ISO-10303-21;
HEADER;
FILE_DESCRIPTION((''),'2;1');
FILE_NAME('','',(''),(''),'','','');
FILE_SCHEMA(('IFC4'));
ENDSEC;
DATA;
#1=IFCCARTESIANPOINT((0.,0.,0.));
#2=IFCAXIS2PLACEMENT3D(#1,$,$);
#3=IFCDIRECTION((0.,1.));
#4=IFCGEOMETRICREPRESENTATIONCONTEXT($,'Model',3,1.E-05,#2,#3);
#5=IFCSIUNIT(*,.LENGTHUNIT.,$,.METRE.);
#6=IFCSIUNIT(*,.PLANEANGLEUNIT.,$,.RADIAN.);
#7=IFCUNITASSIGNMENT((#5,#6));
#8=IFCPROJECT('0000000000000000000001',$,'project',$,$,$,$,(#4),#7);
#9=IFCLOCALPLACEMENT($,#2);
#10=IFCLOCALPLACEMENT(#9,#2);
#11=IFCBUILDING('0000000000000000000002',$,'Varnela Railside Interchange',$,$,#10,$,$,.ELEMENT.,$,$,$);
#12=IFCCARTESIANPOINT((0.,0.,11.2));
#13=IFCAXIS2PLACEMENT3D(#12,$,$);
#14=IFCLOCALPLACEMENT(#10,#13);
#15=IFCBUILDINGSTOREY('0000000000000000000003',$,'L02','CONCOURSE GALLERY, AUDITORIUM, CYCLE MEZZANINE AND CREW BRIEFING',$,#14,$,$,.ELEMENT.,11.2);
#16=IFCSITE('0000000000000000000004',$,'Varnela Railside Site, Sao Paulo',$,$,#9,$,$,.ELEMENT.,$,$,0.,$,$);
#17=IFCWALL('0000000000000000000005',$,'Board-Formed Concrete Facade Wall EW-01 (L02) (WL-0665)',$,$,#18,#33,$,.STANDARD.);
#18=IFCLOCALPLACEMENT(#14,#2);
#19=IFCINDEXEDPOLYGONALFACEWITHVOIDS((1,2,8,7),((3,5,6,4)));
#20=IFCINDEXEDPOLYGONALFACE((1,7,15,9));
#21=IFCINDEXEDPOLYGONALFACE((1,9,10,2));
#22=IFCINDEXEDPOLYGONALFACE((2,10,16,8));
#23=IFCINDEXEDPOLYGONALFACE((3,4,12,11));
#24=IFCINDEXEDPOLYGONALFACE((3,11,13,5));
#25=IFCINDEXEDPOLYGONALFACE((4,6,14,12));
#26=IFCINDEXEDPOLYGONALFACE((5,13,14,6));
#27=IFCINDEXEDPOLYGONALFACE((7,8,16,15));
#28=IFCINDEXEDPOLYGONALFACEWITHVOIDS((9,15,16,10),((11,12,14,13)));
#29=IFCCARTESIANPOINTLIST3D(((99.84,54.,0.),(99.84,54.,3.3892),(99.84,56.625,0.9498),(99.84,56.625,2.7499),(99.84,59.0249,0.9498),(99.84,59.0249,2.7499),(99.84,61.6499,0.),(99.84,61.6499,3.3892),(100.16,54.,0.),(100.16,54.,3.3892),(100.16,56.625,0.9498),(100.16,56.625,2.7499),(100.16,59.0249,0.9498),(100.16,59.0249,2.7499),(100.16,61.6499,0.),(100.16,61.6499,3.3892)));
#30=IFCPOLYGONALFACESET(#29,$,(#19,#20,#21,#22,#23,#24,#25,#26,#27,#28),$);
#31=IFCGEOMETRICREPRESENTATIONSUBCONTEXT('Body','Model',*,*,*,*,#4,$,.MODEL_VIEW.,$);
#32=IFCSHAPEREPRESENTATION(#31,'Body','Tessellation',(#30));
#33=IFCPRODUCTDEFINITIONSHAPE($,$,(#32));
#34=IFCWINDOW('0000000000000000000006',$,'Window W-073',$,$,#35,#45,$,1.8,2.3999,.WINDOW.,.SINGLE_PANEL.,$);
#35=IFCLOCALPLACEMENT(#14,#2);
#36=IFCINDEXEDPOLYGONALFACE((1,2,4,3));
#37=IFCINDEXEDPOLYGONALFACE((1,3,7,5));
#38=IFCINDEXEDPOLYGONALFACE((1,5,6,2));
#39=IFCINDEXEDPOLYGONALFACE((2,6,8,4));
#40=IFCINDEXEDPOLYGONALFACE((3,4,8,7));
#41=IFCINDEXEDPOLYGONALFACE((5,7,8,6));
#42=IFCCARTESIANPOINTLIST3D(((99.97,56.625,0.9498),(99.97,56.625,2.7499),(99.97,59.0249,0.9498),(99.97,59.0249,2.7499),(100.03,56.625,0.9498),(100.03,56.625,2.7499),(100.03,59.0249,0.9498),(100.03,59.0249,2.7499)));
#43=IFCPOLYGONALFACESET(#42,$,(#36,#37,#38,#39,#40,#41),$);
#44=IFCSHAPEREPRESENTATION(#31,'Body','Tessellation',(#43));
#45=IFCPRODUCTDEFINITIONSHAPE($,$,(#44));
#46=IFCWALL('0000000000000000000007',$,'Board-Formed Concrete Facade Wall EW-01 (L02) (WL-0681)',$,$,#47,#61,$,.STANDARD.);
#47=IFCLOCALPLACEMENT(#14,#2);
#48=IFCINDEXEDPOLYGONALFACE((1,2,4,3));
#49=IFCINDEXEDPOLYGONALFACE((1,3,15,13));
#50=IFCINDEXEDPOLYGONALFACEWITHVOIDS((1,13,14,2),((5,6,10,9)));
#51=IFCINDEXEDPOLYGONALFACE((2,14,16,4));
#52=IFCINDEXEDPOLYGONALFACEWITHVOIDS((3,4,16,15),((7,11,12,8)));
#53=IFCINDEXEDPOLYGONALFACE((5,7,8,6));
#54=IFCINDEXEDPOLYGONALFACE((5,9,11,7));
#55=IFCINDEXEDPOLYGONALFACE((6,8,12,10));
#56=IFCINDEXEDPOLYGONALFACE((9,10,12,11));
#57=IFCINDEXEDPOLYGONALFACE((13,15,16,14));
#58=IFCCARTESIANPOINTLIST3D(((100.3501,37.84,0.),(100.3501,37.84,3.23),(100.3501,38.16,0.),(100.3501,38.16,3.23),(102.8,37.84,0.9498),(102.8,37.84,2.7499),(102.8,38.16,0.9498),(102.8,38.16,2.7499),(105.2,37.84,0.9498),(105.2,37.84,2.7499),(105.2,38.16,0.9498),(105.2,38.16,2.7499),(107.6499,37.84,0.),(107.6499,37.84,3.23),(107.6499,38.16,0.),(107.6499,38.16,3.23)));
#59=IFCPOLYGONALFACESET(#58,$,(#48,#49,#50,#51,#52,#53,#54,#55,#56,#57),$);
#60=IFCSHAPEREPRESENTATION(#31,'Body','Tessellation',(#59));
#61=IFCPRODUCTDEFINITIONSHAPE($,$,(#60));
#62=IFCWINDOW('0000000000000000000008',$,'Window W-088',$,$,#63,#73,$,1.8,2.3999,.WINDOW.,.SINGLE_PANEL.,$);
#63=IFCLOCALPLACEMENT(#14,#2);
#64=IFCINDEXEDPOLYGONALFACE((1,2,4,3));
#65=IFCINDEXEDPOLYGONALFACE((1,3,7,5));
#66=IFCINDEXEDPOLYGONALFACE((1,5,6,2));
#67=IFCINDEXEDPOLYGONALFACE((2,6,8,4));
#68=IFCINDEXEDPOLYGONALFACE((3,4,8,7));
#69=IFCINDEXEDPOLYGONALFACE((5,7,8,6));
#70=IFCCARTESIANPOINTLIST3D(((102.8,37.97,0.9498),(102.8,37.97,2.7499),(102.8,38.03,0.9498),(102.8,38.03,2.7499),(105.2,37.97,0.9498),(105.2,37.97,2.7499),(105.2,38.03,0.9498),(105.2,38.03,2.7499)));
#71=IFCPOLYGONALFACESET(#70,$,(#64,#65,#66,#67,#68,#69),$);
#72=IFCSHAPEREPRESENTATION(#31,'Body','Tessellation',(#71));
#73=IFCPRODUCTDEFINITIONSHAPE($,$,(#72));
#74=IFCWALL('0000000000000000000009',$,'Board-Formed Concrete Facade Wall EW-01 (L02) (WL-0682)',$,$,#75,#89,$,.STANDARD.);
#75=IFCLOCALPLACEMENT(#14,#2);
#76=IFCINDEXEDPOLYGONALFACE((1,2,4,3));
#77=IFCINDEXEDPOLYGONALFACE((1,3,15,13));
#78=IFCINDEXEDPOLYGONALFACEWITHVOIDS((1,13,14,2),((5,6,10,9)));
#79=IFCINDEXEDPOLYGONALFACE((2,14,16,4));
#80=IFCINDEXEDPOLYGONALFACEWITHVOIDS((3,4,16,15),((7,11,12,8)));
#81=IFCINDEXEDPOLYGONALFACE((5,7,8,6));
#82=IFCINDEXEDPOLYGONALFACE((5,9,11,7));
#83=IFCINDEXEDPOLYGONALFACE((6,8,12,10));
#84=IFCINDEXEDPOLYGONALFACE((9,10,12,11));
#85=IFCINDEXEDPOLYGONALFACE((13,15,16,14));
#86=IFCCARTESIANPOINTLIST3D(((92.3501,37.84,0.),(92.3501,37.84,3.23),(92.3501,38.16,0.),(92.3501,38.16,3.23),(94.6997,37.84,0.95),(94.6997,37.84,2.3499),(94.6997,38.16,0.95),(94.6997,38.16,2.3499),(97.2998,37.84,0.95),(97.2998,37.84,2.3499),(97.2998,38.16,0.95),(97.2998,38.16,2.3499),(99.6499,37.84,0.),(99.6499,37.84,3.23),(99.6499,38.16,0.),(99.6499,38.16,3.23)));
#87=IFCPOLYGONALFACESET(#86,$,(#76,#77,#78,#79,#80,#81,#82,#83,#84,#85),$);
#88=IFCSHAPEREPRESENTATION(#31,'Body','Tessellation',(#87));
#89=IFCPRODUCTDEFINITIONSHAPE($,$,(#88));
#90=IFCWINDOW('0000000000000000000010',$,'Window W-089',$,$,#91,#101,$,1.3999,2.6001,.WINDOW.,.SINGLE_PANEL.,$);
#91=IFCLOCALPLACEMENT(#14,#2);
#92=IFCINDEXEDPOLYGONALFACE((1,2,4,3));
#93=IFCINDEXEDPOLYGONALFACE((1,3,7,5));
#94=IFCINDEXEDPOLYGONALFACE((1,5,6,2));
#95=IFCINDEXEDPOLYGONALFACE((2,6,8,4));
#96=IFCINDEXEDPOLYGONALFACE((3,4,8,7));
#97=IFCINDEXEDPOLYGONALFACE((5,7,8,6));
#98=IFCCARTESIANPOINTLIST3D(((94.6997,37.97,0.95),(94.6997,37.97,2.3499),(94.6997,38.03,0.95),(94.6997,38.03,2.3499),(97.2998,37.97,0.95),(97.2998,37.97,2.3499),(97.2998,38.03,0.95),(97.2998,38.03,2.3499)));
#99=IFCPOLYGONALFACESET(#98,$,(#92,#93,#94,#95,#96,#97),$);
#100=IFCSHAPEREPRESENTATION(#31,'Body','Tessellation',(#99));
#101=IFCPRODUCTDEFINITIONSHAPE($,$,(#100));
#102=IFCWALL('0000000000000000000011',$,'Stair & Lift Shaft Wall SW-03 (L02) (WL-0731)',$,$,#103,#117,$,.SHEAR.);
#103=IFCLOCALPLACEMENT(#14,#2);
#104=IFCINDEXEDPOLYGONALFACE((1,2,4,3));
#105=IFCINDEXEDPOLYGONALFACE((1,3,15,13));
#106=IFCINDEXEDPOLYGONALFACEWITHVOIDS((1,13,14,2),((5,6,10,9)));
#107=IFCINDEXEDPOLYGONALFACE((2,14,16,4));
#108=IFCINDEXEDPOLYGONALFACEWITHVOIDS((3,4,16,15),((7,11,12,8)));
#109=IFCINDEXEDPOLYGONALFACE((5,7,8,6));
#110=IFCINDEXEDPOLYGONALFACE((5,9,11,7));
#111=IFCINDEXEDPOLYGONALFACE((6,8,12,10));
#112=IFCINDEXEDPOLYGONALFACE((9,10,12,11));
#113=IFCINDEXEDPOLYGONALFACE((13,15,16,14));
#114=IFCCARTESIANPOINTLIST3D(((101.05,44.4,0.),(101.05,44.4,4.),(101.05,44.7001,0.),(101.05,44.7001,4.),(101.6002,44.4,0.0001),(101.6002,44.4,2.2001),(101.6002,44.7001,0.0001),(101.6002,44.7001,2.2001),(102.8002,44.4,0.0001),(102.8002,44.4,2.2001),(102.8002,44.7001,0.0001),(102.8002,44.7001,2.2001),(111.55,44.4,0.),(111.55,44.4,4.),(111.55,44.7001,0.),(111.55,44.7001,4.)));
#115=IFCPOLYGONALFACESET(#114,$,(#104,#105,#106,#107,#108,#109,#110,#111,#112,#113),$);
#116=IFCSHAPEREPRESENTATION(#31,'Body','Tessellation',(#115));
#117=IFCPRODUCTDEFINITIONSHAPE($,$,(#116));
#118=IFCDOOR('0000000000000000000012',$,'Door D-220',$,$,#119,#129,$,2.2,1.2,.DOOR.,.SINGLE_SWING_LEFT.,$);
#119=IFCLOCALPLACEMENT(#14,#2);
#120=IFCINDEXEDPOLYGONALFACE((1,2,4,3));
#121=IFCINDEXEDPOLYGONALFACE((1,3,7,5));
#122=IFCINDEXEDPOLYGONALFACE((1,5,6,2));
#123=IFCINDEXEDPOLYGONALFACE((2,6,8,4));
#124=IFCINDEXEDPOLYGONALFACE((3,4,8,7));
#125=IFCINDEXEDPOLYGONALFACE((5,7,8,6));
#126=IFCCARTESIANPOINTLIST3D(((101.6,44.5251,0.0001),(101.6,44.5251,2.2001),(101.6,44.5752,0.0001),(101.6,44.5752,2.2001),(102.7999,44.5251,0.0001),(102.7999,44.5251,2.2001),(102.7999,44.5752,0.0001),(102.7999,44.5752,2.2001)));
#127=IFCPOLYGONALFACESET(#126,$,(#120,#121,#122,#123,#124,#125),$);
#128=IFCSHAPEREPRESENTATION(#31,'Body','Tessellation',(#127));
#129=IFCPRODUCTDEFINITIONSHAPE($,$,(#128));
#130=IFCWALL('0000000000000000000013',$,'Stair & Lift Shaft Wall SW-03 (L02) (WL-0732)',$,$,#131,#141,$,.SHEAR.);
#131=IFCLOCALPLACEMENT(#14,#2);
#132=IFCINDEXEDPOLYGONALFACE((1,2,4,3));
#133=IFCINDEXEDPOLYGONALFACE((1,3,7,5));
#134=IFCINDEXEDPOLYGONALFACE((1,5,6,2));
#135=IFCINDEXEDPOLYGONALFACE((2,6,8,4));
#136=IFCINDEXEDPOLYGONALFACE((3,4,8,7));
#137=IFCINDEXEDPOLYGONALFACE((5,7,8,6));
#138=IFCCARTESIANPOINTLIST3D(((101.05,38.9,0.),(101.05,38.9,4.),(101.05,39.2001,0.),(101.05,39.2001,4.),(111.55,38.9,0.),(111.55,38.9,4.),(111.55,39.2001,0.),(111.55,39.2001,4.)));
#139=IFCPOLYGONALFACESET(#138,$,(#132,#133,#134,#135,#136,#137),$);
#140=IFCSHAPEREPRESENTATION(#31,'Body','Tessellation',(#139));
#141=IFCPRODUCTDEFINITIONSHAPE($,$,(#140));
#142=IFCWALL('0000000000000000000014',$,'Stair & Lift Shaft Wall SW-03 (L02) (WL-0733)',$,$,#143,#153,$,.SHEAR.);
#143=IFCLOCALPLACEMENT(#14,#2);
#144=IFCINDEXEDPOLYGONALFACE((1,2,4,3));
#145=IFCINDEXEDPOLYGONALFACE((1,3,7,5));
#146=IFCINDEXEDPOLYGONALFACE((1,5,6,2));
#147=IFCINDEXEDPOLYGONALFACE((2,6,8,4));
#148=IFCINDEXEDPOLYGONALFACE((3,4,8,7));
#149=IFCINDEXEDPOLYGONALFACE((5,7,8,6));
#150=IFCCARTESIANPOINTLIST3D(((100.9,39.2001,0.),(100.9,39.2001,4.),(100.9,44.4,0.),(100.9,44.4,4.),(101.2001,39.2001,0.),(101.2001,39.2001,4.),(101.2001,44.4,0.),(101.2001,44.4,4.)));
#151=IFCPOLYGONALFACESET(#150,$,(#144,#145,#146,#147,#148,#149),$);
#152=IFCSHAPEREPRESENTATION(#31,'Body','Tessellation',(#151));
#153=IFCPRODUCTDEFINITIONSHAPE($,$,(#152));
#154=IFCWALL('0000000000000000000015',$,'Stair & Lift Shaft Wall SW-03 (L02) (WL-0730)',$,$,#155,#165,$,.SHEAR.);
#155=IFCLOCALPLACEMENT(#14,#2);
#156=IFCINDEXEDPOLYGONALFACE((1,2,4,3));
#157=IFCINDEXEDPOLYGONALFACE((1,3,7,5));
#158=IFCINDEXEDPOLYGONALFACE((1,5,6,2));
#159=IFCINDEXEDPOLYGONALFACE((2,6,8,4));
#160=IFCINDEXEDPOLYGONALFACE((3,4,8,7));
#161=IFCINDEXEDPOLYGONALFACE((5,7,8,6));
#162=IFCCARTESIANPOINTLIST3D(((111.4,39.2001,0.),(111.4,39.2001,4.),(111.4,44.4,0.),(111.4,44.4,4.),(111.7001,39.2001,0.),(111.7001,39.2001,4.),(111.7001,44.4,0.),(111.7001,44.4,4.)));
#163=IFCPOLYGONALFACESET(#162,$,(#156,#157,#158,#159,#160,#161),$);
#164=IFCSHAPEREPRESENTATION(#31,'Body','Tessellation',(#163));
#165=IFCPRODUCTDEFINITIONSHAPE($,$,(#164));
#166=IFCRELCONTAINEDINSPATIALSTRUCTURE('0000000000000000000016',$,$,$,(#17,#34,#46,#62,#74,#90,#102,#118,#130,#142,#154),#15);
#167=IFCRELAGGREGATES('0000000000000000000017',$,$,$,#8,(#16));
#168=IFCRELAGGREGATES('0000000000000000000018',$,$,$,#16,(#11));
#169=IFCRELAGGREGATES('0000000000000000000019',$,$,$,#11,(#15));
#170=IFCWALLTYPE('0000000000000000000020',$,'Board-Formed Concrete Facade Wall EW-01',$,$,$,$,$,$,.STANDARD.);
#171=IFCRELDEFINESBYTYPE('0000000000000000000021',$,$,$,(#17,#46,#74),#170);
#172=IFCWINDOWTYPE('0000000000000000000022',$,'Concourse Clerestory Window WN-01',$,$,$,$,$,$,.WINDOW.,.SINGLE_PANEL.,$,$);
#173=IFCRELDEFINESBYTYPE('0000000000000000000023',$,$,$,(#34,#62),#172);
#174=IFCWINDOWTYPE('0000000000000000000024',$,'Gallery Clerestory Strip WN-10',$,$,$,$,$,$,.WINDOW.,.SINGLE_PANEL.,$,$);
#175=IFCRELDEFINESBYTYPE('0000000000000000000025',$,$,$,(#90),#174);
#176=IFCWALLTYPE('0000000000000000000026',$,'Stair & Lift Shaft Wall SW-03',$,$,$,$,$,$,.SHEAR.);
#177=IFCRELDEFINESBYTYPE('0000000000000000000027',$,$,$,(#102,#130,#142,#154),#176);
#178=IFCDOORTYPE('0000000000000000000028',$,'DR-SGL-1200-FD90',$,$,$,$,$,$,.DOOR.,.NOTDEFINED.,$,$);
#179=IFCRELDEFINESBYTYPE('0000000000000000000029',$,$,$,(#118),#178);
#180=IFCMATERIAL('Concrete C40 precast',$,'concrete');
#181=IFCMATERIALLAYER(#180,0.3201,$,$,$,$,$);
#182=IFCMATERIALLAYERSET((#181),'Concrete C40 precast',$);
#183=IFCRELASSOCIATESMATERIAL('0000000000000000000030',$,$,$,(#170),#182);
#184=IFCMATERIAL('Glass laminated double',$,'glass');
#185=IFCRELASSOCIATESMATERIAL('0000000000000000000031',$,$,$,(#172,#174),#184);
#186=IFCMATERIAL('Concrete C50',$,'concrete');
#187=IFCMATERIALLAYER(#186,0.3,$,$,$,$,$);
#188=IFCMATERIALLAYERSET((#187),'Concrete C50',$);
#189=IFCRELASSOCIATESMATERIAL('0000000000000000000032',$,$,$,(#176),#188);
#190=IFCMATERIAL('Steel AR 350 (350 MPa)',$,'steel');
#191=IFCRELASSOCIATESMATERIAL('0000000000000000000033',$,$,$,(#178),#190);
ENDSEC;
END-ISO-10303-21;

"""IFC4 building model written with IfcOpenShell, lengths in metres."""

from ifc_helpers import new_model, si_unit, direction, frame, frame_2d, origin, place, context, subcontext, project, spatial, rectangle, extrude, material, layer, layer_set, type_object, element, fill, save


model = new_model("IFC4")

# Units and contexts
model_context = context("Model", 3, precision=1e-05, world=origin(), true_north=direction((0.0, 1.0)))
body_context = subcontext(model_context, "Body", "Model", "MODEL_VIEW")
ifc_project = project(units=[si_unit("LENGTHUNIT", "METRE"), si_unit("PLANEANGLEUNIT", "RADIAN")], contexts=[model_context])

# Site, building, storey
site_placement = place(None, origin())
site = spatial("IfcSite", under=ifc_project, at=site_placement, Name="Varnela Railside Site, Sao Paulo", CompositionType="ELEMENT", RefElevation=0.0)
building_placement = place(site_placement, origin())
building = spatial("IfcBuilding", under=site, at=building_placement, Name="Varnela Railside Interchange", CompositionType="ELEMENT")
storey_placement = place(building_placement, frame((0.0, 0.0, 11.2)))
storey = spatial("IfcBuildingStorey", under=building, at=storey_placement, Name="L02", Description="CONCOURSE GALLERY, AUDITORIUM, CYCLE MEZZANINE AND CREW BRIEFING", CompositionType="ELEMENT", Elevation=11.2)

# Shared definitions
ifc_material_1 = material(Name="Concrete C50", Category="concrete")

# Shared definitions
ifc_material_2 = material(Name="Steel AR 350 (350 MPa)", Category="steel")

# Walls, openings, windows
ifc_material_3 = material(Name="Concrete C40 precast", Category="concrete")
ifc_layer_1 = layer(ifc_material_3, 0.3201)
ifc_layer_set_1 = layer_set([ifc_layer_1], Name="Concrete C40 precast")
wall_type_1 = type_object("IfcWallType", Name="Board-Formed Concrete Facade Wall EW-01", PredefinedType="STANDARD", material=ifc_layer_set_1)
ifc_material_4 = material(Name="Glass laminated double", Category="glass")
wall_1_placement = place(storey_placement, frame((100.0, 54.0, 0.0), z_axis=(0.0, 0.0, 1.0), x_axis=(0.0, 1.0, 0.0)))
wall_1 = element("IfcWall", 1, at=wall_1_placement, inside=storey, type_object=wall_type_1, Name="Board-Formed Concrete Facade Wall EW-01 (L02) (WL-0665)", PredefinedType="STANDARD", context=body_context, shape_type="SweptSolid", body=[
    extrude(rectangle(XDim=7.6499, YDim=0.3201, at=frame_2d((3.825, 0.0))), origin(), (0.0, 0.0, 1.0), 3.3892),
])
opening_1_placement = place(wall_1_placement, frame((2.625, 0.0, 0.95)))
opening_1 = element("IfcOpeningElement", 2, at=opening_1_placement, cuts=wall_1, PredefinedType="OPENING", context=body_context, shape_type="SweptSolid", body=[
    extrude(rectangle(XDim=2.3999, YDim=1.8, at=frame_2d((1.2, 0.8999))), frame((0.0, 0.1699, 0.0), z_axis=(0.0, -1.0, 0.0), x_axis=(1.0, 0.0, 0.0)), (0.0, 0.0, 1.0), 0.3401),
])
window_type_1 = type_object("IfcWindowType", Name="Concourse Clerestory Window WN-01", PartitioningType="SINGLE_PANEL", PredefinedType="WINDOW", material=ifc_material_4)
window_1_placement = place(opening_1_placement, origin())
window_1 = element("IfcWindow", 3, at=window_1_placement, inside=storey, type_object=window_type_1, Name="Window W-073", OverallHeight=1.8, OverallWidth=2.3999, PartitioningType="SINGLE_PANEL", PredefinedType="WINDOW", context=body_context, shape_type="SweptSolid", body=[
    extrude(rectangle(XDim=2.3999, YDim=1.8, at=frame_2d((1.2, 0.8999))), frame((0.0, 0.03, 0.0), z_axis=(0.0, -1.0, 0.0), x_axis=(1.0, 0.0, 0.0)), (0.0, 0.0, 1.0), 0.0601),
])
fill(opening_1, window_1)
wall_2_placement = place(storey_placement, frame((107.6499, 38.0, 0.0), z_axis=(0.0, 0.0, 1.0), x_axis=(-1.0, 0.0, 0.0)))
wall_2 = element("IfcWall", 4, at=wall_2_placement, inside=storey, type_object=wall_type_1, Name="Board-Formed Concrete Facade Wall EW-01 (L02) (WL-0681)", PredefinedType="STANDARD", context=body_context, shape_type="SweptSolid", body=[
    extrude(rectangle(XDim=7.2998, YDim=0.3201, at=frame_2d((3.6499, 0.0))), origin(), (0.0, 0.0, 1.0), 3.23),
])
opening_2_placement = place(wall_2_placement, frame((2.45, 0.0, 0.95)))
opening_2 = element("IfcOpeningElement", 5, at=opening_2_placement, cuts=wall_2, PredefinedType="OPENING", context=body_context, shape_type="SweptSolid", body=[
    extrude(rectangle(XDim=2.3999, YDim=1.8, at=frame_2d((1.2, 0.8999))), frame((0.0, 0.1699, 0.0), z_axis=(0.0, -1.0, 0.0), x_axis=(1.0, 0.0, 0.0)), (0.0, 0.0, 1.0), 0.3401),
])
window_2_placement = place(opening_2_placement, origin())
window_2 = element("IfcWindow", 6, at=window_2_placement, inside=storey, type_object=window_type_1, Name="Window W-088", OverallHeight=1.8, OverallWidth=2.3999, PartitioningType="SINGLE_PANEL", PredefinedType="WINDOW", context=body_context, shape_type="SweptSolid", body=[
    extrude(rectangle(XDim=2.3999, YDim=1.8, at=frame_2d((1.2, 0.8999))), frame((0.0, 0.03, 0.0), z_axis=(0.0, -1.0, 0.0), x_axis=(1.0, 0.0, 0.0)), (0.0, 0.0, 1.0), 0.0601),
])
fill(opening_2, window_2)
wall_3_placement = place(storey_placement, frame((99.6499, 38.0, 0.0), z_axis=(0.0, 0.0, 1.0), x_axis=(-1.0, 0.0, 0.0)))
wall_3 = element("IfcWall", 7, at=wall_3_placement, inside=storey, type_object=wall_type_1, Name="Board-Formed Concrete Facade Wall EW-01 (L02) (WL-0682)", PredefinedType="STANDARD", context=body_context, shape_type="SweptSolid", body=[
    extrude(rectangle(XDim=7.2998, YDim=0.3201, at=frame_2d((3.6499, 0.0))), origin(), (0.0, 0.0, 1.0), 3.23),
])
opening_3_placement = place(wall_3_placement, frame((2.3501, 0.0, 0.95)))
opening_3 = element("IfcOpeningElement", 8, at=opening_3_placement, cuts=wall_3, PredefinedType="OPENING", context=body_context, shape_type="SweptSolid", body=[
    extrude(rectangle(XDim=2.6001, YDim=1.3999, at=frame_2d((1.3, 0.7))), frame((0.0, 0.1699, 0.0), z_axis=(0.0, -1.0, 0.0), x_axis=(1.0, 0.0, 0.0)), (0.0, 0.0, 1.0), 0.3401),
])
window_type_2 = type_object("IfcWindowType", Name="Gallery Clerestory Strip WN-10", PartitioningType="SINGLE_PANEL", PredefinedType="WINDOW", material=ifc_material_4)
window_3_placement = place(opening_3_placement, origin())
window_3 = element("IfcWindow", 9, at=window_3_placement, inside=storey, type_object=window_type_2, Name="Window W-089", OverallHeight=1.3999, OverallWidth=2.6001, PartitioningType="SINGLE_PANEL", PredefinedType="WINDOW", context=body_context, shape_type="SweptSolid", body=[
    extrude(rectangle(XDim=2.6001, YDim=1.3999, at=frame_2d((1.3, 0.7))), frame((0.0, 0.03, 0.0), z_axis=(0.0, -1.0, 0.0), x_axis=(1.0, 0.0, 0.0)), (0.0, 0.0, 1.0), 0.0601),
])
fill(opening_3, window_3)

# Wall, opening, door
ifc_layer_2 = layer(ifc_material_1, 0.3)
ifc_layer_set_2 = layer_set([ifc_layer_2], Name="Concrete C50")
wall_type_2 = type_object("IfcWallType", Name="Stair & Lift Shaft Wall SW-03", PredefinedType="SHEAR", material=ifc_layer_set_2)
wall_4_placement = place(storey_placement, frame((101.05, 44.55, 0.0), z_axis=(0.0, 0.0, 1.0), x_axis=(1.0, 0.0, 0.0)))
wall_4 = element("IfcWall", 10, at=wall_4_placement, inside=storey, type_object=wall_type_2, Name="Stair & Lift Shaft Wall SW-03 (L02) (WL-0731)", PredefinedType="SHEAR", context=body_context, shape_type="SweptSolid", body=[
    extrude(rectangle(XDim=10.5, YDim=0.3, at=frame_2d((5.25, 0.0))), origin(), (0.0, 0.0, 1.0), 4.0),
])
opening_4_placement = place(wall_4_placement, frame((0.55, 0.0, 0.0)))
opening_4 = element("IfcOpeningElement", 11, at=opening_4_placement, cuts=wall_4, PredefinedType="OPENING", context=body_context, shape_type="SweptSolid", body=[
    extrude(rectangle(XDim=1.2, YDim=2.2, at=frame_2d((0.6001, 1.1001))), frame((0.0, 0.1599, 0.0), z_axis=(0.0, -1.0, 0.0), x_axis=(1.0, 0.0, 0.0)), (0.0, 0.0, 1.0), 0.3201),
])
door_type = type_object("IfcDoorType", Name="DR-SGL-1200-FD90", OperationType="NOTDEFINED", PredefinedType="DOOR", material=ifc_material_2)
door_1_placement = place(opening_4_placement, frame((1.2, 0.0, 0.0), z_axis=(0.0, 0.0, 1.0), x_axis=(-1.0, 0.0, 0.0)))
door_1 = element("IfcDoor", 12, at=door_1_placement, inside=storey, type_object=door_type, Name="Door D-220", OperationType="SINGLE_SWING_LEFT", OverallHeight=2.2, OverallWidth=1.2, PredefinedType="DOOR", context=body_context, shape_type="SweptSolid", body=[
    extrude(rectangle(XDim=1.2, YDim=2.2, at=frame_2d((0.6001, 1.1001))), frame((0.0, 0.0249, 0.0), z_axis=(0.0, -1.0, 0.0), x_axis=(1.0, 0.0, 0.0)), (0.0, 0.0, 1.0), 0.05),
])
fill(opening_4, door_1)

# Walls
wall_5_placement = place(storey_placement, frame((101.05, 39.05, 0.0), z_axis=(0.0, 0.0, 1.0), x_axis=(1.0, 0.0, 0.0)))
element("IfcWall", 13, at=wall_5_placement, inside=storey, type_object=wall_type_2, Name="Stair & Lift Shaft Wall SW-03 (L02) (WL-0732)", PredefinedType="SHEAR", context=body_context, shape_type="SweptSolid", body=[
    extrude(rectangle(XDim=10.5, YDim=0.3, at=frame_2d((5.25, 0.0))), origin(), (0.0, 0.0, 1.0), 4.0),
])
for number, where, z_axis, x_axis, name in (
    (14, (101.05, 39.2, 0.0), (0.0, 0.0, 1.0), (0.0, 1.0, 0.0), "Stair & Lift Shaft Wall SW-03 (L02) (WL-0733)"),
    (15, (111.55, 39.2, 0.0), (0.0, 0.0, 1.0), (0.0, 1.0, 0.0), "Stair & Lift Shaft Wall SW-03 (L02) (WL-0730)"),
):
    element("IfcWall", number, at=place(storey_placement, frame(where, z_axis=z_axis, x_axis=x_axis)), inside=storey, type_object=wall_type_2, Name=name, PredefinedType="SHEAR", context=body_context, shape_type="SweptSolid", body=[
        extrude(rectangle(XDim=5.2, YDim=0.3, at=frame_2d((2.6001, 0.0))), origin(), (0.0, 0.0, 1.0), 4.0),
    ])

save(model, "model.ifc")
